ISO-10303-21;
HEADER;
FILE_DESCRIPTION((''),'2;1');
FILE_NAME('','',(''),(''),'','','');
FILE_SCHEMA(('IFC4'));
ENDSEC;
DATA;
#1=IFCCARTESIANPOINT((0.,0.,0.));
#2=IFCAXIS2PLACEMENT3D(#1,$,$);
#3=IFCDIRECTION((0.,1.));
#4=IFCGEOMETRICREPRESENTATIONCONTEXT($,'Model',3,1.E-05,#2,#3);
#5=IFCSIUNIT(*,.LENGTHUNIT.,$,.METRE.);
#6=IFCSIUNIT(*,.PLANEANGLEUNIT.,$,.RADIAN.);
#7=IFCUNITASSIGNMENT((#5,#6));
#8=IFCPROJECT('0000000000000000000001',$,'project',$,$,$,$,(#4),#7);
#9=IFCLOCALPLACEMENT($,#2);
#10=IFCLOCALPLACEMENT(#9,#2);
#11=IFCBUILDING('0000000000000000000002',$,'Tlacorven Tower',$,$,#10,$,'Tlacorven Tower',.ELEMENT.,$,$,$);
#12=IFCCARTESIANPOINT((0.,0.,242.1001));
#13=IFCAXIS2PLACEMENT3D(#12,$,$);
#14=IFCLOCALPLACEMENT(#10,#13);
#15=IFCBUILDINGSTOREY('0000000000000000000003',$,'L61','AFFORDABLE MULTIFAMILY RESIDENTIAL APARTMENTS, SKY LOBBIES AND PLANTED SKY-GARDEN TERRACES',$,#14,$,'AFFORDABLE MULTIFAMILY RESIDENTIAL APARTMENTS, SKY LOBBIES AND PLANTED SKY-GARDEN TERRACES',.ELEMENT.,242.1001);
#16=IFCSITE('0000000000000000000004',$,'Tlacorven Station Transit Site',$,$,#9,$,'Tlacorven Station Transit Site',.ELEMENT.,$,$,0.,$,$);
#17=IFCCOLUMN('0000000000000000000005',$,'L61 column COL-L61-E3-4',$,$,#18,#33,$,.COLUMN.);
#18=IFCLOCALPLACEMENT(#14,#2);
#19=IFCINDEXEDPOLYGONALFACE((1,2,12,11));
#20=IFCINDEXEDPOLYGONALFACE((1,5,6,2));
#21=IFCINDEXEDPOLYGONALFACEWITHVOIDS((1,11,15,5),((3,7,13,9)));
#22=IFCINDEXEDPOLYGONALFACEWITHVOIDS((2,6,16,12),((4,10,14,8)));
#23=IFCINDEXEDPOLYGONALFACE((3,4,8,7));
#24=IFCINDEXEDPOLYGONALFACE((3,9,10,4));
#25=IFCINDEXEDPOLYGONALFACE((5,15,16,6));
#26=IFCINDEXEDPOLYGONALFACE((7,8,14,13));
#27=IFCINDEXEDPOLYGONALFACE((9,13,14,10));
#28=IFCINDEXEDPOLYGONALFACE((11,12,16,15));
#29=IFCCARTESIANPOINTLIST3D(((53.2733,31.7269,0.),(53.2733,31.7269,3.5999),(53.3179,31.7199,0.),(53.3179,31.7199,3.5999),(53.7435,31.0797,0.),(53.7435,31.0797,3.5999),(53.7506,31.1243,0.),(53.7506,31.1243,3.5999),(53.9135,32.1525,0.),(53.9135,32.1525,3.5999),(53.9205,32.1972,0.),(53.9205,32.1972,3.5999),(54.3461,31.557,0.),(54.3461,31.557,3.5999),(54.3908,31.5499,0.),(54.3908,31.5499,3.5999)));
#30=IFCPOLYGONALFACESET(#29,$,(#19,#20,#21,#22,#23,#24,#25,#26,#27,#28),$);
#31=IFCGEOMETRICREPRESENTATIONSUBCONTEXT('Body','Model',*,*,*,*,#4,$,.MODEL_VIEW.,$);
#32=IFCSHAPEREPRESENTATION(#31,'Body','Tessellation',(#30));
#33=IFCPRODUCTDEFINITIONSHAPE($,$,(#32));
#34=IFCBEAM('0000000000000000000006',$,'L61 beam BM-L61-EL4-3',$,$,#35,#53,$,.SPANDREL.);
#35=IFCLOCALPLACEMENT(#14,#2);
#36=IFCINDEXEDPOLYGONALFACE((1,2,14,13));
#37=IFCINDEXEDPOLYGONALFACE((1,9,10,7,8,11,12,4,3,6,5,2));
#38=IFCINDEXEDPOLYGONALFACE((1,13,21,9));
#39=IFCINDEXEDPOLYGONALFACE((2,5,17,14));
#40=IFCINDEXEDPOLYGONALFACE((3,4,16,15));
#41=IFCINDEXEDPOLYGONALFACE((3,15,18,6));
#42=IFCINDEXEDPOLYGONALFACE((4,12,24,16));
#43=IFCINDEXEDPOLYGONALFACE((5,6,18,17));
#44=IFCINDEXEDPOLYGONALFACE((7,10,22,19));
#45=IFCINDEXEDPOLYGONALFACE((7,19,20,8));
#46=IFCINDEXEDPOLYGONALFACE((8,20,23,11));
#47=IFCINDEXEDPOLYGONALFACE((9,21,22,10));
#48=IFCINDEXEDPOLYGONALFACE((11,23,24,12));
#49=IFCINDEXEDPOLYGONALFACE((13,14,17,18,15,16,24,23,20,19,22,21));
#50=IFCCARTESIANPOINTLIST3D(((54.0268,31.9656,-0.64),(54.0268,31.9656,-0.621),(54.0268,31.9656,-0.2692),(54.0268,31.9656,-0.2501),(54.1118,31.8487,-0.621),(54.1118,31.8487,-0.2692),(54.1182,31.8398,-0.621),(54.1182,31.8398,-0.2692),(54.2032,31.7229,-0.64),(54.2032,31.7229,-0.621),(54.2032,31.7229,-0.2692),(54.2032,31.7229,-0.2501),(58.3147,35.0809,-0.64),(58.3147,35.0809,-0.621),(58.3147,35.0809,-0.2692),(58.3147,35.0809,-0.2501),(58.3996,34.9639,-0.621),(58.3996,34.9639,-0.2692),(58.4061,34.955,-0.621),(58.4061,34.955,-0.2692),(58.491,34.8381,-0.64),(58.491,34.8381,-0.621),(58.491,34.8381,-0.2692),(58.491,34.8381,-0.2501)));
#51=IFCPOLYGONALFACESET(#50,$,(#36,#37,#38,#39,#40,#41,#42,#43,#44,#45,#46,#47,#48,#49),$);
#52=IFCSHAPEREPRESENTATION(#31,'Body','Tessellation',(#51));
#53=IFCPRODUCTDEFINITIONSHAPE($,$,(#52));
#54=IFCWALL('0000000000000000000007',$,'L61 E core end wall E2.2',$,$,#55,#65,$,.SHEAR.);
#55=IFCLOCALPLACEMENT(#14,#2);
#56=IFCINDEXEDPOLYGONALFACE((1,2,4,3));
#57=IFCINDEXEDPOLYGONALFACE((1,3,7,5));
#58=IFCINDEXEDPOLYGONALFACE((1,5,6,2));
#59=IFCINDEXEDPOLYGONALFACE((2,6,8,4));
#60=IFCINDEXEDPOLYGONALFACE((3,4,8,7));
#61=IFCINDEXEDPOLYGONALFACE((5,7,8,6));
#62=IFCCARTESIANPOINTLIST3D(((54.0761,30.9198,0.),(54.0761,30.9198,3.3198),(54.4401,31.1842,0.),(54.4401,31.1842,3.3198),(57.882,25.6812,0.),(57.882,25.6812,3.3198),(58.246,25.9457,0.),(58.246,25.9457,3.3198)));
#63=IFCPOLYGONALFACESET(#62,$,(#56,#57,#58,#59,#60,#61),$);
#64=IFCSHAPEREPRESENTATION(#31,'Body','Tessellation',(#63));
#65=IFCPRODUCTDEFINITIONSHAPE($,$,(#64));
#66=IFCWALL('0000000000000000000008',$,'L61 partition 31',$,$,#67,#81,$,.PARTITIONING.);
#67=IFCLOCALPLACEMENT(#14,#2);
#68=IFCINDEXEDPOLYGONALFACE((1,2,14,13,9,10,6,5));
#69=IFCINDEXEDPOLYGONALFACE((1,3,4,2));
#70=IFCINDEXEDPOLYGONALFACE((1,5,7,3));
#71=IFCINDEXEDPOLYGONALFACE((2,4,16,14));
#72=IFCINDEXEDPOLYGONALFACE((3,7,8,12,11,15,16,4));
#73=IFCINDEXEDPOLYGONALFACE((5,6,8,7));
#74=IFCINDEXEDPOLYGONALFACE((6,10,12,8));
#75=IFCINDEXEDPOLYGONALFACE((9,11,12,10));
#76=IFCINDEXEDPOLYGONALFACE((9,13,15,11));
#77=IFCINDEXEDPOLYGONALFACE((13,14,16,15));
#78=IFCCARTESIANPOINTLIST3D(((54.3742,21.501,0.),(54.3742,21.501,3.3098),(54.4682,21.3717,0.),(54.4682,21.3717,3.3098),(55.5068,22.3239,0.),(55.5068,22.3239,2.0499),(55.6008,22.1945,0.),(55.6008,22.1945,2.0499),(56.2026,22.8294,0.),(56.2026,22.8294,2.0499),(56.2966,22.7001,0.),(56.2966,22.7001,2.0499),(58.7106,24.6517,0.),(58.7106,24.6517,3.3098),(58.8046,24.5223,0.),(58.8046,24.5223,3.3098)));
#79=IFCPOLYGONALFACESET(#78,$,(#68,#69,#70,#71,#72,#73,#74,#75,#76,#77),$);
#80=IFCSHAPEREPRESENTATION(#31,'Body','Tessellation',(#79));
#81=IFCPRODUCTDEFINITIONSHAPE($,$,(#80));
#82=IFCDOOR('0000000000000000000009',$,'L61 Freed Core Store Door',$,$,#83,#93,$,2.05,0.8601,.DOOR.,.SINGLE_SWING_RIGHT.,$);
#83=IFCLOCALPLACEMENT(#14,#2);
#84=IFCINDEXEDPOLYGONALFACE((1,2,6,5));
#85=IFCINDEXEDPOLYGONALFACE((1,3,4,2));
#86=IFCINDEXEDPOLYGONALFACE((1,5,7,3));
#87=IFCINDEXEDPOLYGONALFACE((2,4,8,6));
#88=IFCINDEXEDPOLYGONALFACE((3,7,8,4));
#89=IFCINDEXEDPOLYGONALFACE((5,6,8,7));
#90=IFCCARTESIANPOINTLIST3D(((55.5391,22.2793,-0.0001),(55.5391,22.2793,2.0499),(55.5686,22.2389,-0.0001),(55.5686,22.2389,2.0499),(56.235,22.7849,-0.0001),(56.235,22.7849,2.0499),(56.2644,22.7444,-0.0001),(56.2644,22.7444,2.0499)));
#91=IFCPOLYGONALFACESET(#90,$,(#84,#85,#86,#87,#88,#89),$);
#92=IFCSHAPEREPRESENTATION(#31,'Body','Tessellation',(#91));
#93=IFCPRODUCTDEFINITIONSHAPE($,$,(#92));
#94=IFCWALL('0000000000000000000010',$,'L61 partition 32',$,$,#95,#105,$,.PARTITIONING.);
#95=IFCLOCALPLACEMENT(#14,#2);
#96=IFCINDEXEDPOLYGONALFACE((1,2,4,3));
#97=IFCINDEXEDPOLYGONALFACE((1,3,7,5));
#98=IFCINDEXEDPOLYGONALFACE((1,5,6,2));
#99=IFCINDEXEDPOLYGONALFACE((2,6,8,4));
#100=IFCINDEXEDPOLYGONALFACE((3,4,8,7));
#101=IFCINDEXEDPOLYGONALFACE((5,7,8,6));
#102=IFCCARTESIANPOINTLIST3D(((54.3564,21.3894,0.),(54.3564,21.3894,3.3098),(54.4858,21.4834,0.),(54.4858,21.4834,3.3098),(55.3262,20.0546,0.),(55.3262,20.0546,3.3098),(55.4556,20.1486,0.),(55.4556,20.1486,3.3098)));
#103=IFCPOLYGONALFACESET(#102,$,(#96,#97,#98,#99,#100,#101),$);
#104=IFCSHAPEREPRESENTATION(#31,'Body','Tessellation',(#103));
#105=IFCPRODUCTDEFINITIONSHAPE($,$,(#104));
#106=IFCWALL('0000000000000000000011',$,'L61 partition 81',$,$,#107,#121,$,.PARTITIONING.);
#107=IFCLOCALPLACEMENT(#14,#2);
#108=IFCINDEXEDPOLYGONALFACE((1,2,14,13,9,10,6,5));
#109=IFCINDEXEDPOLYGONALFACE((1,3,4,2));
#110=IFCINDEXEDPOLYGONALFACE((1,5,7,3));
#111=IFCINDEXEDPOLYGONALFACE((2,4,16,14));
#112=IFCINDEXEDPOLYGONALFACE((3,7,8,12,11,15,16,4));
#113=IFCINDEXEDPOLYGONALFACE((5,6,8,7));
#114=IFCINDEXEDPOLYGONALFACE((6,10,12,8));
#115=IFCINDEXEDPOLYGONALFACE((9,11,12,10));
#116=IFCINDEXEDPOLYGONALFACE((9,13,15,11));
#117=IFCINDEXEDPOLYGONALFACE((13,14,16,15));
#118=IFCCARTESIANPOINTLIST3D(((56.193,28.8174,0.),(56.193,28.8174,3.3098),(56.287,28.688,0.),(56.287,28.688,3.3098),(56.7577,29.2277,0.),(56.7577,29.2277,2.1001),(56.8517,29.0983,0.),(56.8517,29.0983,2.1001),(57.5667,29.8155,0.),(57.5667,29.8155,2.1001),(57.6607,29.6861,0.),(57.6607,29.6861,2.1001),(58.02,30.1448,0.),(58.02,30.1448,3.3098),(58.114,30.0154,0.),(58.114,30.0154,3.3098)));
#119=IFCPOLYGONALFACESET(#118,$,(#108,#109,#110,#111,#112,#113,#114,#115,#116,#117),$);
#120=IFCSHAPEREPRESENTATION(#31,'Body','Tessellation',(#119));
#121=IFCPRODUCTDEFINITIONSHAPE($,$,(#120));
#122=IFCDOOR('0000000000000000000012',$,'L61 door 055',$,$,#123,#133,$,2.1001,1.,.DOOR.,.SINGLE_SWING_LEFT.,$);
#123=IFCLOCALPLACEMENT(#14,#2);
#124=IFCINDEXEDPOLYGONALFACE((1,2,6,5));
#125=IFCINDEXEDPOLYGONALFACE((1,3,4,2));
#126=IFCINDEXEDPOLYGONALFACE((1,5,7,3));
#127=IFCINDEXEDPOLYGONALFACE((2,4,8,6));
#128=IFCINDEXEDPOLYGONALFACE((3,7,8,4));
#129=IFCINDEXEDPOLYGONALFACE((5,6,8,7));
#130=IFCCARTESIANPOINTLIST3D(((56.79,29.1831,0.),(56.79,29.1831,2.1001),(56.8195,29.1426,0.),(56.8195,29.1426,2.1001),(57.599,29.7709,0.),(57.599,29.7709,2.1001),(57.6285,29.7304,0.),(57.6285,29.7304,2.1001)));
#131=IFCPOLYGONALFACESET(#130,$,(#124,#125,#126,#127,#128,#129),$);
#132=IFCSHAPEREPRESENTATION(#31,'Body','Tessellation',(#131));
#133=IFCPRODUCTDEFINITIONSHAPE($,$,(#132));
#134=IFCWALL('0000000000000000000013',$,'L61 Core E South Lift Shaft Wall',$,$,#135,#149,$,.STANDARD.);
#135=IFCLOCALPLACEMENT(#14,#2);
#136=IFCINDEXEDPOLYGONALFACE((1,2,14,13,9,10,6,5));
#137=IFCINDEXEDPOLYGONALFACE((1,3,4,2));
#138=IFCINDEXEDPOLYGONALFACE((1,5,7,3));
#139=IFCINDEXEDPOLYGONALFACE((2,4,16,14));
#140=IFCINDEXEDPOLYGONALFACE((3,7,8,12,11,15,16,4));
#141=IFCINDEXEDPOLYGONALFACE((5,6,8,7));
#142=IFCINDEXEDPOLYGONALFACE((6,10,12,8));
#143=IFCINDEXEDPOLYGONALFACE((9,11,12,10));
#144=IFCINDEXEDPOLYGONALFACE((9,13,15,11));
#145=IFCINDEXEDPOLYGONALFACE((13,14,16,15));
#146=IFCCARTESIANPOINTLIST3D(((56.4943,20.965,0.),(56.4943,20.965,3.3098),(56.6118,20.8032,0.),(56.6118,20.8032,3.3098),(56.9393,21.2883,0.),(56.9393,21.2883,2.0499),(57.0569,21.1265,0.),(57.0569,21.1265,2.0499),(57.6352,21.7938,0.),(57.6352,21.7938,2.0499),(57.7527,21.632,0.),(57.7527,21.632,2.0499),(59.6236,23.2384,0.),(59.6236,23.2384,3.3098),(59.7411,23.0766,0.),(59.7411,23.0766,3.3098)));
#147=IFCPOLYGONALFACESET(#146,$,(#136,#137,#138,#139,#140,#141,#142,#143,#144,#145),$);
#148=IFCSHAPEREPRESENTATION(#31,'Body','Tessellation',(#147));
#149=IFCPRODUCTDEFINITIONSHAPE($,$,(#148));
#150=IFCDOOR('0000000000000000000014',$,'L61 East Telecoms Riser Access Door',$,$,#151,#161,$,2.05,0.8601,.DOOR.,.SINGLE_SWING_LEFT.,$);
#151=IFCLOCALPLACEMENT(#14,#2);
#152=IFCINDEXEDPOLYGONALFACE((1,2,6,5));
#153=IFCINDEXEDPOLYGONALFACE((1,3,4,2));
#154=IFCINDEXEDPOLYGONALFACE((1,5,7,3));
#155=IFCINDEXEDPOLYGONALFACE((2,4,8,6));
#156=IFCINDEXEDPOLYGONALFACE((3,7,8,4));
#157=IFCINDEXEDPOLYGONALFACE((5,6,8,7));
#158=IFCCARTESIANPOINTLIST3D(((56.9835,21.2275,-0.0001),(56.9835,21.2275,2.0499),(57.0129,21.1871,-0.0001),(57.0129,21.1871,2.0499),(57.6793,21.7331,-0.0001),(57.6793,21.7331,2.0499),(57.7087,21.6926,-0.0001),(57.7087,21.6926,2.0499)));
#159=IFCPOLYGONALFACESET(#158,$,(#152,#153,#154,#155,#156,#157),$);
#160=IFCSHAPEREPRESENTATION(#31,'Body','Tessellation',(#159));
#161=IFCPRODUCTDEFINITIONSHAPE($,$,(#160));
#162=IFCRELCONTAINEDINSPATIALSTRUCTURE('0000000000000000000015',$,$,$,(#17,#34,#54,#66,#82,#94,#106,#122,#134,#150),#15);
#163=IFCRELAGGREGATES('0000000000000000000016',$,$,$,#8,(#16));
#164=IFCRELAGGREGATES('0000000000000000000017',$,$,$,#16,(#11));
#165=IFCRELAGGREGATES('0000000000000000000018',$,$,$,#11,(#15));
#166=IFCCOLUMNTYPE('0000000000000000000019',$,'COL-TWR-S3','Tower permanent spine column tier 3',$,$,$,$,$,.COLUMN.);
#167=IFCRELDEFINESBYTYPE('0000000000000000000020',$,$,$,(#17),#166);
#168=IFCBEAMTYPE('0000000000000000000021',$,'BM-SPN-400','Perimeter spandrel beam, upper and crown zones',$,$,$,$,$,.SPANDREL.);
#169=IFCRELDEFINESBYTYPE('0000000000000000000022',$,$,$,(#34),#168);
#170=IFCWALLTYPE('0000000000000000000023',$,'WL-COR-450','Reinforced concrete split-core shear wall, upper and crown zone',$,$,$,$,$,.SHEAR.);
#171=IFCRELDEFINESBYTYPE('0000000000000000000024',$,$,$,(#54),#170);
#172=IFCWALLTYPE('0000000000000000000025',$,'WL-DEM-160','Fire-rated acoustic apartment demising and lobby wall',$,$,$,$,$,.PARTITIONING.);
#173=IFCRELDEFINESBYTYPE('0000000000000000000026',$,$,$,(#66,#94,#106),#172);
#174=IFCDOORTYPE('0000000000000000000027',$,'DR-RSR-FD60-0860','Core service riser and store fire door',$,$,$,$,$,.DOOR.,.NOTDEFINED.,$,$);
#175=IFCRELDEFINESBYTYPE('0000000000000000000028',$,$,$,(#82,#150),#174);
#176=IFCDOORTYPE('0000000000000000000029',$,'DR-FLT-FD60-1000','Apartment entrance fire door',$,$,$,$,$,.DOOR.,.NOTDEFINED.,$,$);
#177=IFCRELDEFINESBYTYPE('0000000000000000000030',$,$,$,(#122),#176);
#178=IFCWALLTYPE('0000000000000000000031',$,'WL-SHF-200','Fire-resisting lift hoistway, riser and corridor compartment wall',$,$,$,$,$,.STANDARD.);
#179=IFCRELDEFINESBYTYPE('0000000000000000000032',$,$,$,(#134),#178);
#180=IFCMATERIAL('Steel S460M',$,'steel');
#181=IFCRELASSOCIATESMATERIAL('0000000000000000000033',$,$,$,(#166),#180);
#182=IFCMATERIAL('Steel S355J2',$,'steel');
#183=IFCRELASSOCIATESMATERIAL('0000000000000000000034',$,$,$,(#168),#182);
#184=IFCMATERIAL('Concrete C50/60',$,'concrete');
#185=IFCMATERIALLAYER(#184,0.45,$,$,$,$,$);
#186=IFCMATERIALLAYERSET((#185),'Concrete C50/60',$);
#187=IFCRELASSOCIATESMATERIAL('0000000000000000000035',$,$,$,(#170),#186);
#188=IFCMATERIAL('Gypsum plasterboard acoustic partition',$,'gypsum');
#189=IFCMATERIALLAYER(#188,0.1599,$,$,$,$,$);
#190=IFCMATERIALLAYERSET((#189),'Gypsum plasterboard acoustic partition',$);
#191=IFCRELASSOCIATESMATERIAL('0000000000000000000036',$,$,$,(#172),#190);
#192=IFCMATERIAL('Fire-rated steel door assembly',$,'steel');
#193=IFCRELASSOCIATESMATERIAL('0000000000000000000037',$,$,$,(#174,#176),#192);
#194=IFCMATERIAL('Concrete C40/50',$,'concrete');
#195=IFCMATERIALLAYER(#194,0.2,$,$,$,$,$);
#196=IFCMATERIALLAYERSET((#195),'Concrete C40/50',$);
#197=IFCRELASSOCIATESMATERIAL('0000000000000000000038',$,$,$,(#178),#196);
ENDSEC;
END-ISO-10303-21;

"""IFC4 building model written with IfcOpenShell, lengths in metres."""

from ifc_helpers import new_model, si_unit, direction, frame, frame_2d, origin, origin_2d, place, context, subcontext, project, spatial, rectangle, hollow_rectangle, i_section, extrude, source, transform, mapped, material, layer, layer_set, material_profile, profile_set, type_object, element, fill, save


model = new_model("IFC4")

# Units and contexts
model_context = context("Model", 3, precision=1e-05, world=origin(), true_north=direction((0.0, 1.0)))
body_context = subcontext(model_context, "Body", "Model", "MODEL_VIEW")
ifc_project = project(units=[si_unit("LENGTHUNIT", "METRE"), si_unit("PLANEANGLEUNIT", "RADIAN")], contexts=[model_context])

# Site, building, storey
site_placement = place(None, origin())
site = spatial("IfcSite", under=ifc_project, at=site_placement, Name="Tlacorven Station Transit Site", LongName="Tlacorven Station Transit Site", CompositionType="ELEMENT", RefElevation=0.0)
building_placement = place(site_placement, origin())
building = spatial("IfcBuilding", under=site, at=building_placement, Name="Tlacorven Tower", LongName="Tlacorven Tower", CompositionType="ELEMENT")
storey_placement = place(building_placement, frame((0.0, 0.0, 242.1001)))
storey = spatial("IfcBuildingStorey", under=building, at=storey_placement, Name="L61", Description="AFFORDABLE MULTIFAMILY RESIDENTIAL APARTMENTS, SKY LOBBIES AND PLANTED SKY-GARDEN TERRACES", LongName="AFFORDABLE MULTIFAMILY RESIDENTIAL APARTMENTS, SKY LOBBIES AND PLANTED SKY-GARDEN TERRACES", CompositionType="ELEMENT", Elevation=242.1001)

# Column
ifc_material_1 = material(Name="Steel S460M", Category="steel")
ifc_material_profile_1 = material_profile(ifc_material_1, hollow_rectangle(XDim=0.8, YDim=0.8, WallThickness=0.032, at=origin_2d()), Name="BOX 800X800X32")
ifc_profile_set_1 = profile_set([ifc_material_profile_1], Name="Steel S460M")
column_type = type_object("IfcColumnType", Name="COL-TWR-S3", Description="Tower permanent spine column tier 3", PredefinedType="COLUMN", material=ifc_profile_set_1)
shared_shape_1 = source(origin(), body_context, "Body", "SweptSolid", [
    extrude(hollow_rectangle(XDim=0.8, YDim=0.8, WallThickness=0.032, at=origin_2d()), origin(), (0.0, 0.0, 1.0), 3.5999),
])
column_placement = place(storey_placement, frame((53.832, 31.6384, 0.0), z_axis=(0.0, 0.0, 1.0), x_axis=(0.809017, 0.587785, 0.0)))
element("IfcColumn", 1, at=column_placement, inside=storey, type_object=column_type, Name="L61 column COL-L61-E3-4", PredefinedType="COLUMN", context=body_context, shape_type="MappedRepresentation", body=[
    mapped(shared_shape_1, transform((0.0, 0.0, 0.0), scale=1.0)),
])

# Beam
ifc_material_2 = material(Name="Steel S355J2", Category="steel")
ifc_material_profile_2 = material_profile(ifc_material_2, i_section(OverallWidth=0.3, OverallDepth=0.3899, WebThickness=0.011, FlangeThickness=0.019, at=origin_2d()), Name="HEA 400")
ifc_profile_set_2 = profile_set([ifc_material_profile_2], Name="Steel S355J2")
beam_type = type_object("IfcBeamType", Name="BM-SPN-400", Description="Perimeter spandrel beam, upper and crown zones", PredefinedType="SPANDREL", material=ifc_profile_set_2)
shared_shape_2 = source(origin(), body_context, "Body", "SweptSolid", [
    extrude(i_section(OverallWidth=0.3, OverallDepth=0.3899, WebThickness=0.011, FlangeThickness=0.019, at=origin_2d()), origin(), (0.0, 0.0, 1.0), 5.3),
])
beam_placement = place(storey_placement, frame((54.115, 31.8442, -0.4451), z_axis=(0.809023, 0.587777, 0.0), x_axis=(-0.587777, 0.809023, 0.0)))
element("IfcBeam", 2, at=beam_placement, inside=storey, type_object=beam_type, Name="L61 beam BM-L61-EL4-3", PredefinedType="SPANDREL", context=body_context, shape_type="MappedRepresentation", body=[
    mapped(shared_shape_2, transform((0.0, 0.0, 0.0), scale=1.0)),
])

# Wall
ifc_material_3 = material(Name="Concrete C50/60", Category="concrete")
ifc_layer_1 = layer(ifc_material_3, 0.45)
ifc_layer_set_1 = layer_set([ifc_layer_1], Name="Concrete C50/60")
wall_type_1 = type_object("IfcWallType", Name="WL-COR-450", Description="Reinforced concrete split-core shear wall, upper and crown zone", PredefinedType="SHEAR", material=ifc_layer_set_1)
wall_1_placement = place(storey_placement, frame((58.064, 25.8135, 0.0), z_axis=(0.0, 0.0, 1.0), x_axis=(-0.587775, 0.809025, 0.0)))
element("IfcWall", 3, at=wall_1_placement, inside=storey, type_object=wall_type_1, Name="L61 E core end wall E2.2", PredefinedType="SHEAR", context=body_context, shape_type="SweptSolid", body=[
    extrude(rectangle(XDim=6.4751, YDim=0.45, at=frame_2d((3.2375, 0.0))), origin(), (0.0, 0.0, 1.0), 3.3198),
])

# Wall, opening, door
ifc_material_4 = material(Name="Gypsum plasterboard acoustic partition", Category="gypsum")
ifc_layer_2 = layer(ifc_material_4, 0.1599)
ifc_layer_set_2 = layer_set([ifc_layer_2], Name="Gypsum plasterboard acoustic partition")
wall_type_2 = type_object("IfcWallType", Name="WL-DEM-160", Description="Fire-rated acoustic apartment demising and lobby wall", PredefinedType="PARTITIONING", material=ifc_layer_set_2)
wall_2_placement = place(storey_placement, frame((54.4211, 21.4363, 0.0), z_axis=(0.0, 0.0, 1.0), x_axis=(0.809014, 0.58779, 0.0)))
wall_2 = element("IfcWall", 4, at=wall_2_placement, inside=storey, type_object=wall_type_2, Name="L61 partition 31", PredefinedType="PARTITIONING", context=body_context, shape_type="SweptSolid", body=[
    extrude(rectangle(XDim=5.3601, YDim=0.1599, at=frame_2d((2.6802, 0.0))), origin(), (0.0, 0.0, 1.0), 3.3098),
])
opening_1_placement = place(wall_2_placement, frame((1.3999, 0.0, 0.0)))
opening_1 = element("IfcOpeningElement", 5, at=opening_1_placement, cuts=wall_2, PredefinedType="OPENING", context=body_context, shape_type="SweptSolid", body=[
    extrude(rectangle(XDim=0.8601, YDim=2.05, at=frame_2d((0.4302, 1.0249))), frame((0.0, 0.0898, 0.0), z_axis=(0.0, -1.0, 0.0), x_axis=(1.0, 0.0, 0.0)), (0.0, 0.0, 1.0), 0.1799),
])
ifc_material_5 = material(Name="Fire-rated steel door assembly", Category="steel")
door_type_1 = type_object("IfcDoorType", Name="DR-RSR-FD60-0860", Description="Core service riser and store fire door", OperationType="NOTDEFINED", PredefinedType="DOOR", material=ifc_material_5)
shared_shape_3 = source(origin(), body_context, "Body", "SweptSolid", [
    extrude(rectangle(XDim=0.8601, YDim=2.05, at=frame_2d((0.4302, 1.0249))), frame((0.0, 0.0249, 0.0), z_axis=(0.0, -1.0, 0.0), x_axis=(1.0, 0.0, 0.0)), (0.0, 0.0, 1.0), 0.05),
])
door_1_placement = place(opening_1_placement, origin())
door_1 = element("IfcDoor", 6, at=door_1_placement, inside=storey, type_object=door_type_1, Name="L61 Freed Core Store Door", OperationType="SINGLE_SWING_RIGHT", OverallHeight=2.05, OverallWidth=0.8601, PredefinedType="DOOR", context=body_context, shape_type="MappedRepresentation", body=[
    mapped(shared_shape_3, transform((0.0, 0.0, 0.0), scale=1.0)),
])
fill(opening_1, door_1)

# Wall
wall_3_placement = place(storey_placement, frame((55.3909, 20.1016, 0.0), z_axis=(0.0, 0.0, 1.0), x_axis=(-0.587784, 0.809018, 0.0)))
element("IfcWall", 7, at=wall_3_placement, inside=storey, type_object=wall_type_2, Name="L61 partition 32", PredefinedType="PARTITIONING", context=body_context, shape_type="SweptSolid", body=[
    extrude(rectangle(XDim=1.6499, YDim=0.1599, at=frame_2d((0.825, 0.0))), origin(), (0.0, 0.0, 1.0), 3.3098),
])

# Walls, openings, doors
wall_4_placement = place(storey_placement, frame((56.24, 28.7527, 0.0), z_axis=(0.0, 0.0, 1.0), x_axis=(0.809002, 0.587805, 0.0)))
wall_4 = element("IfcWall", 8, at=wall_4_placement, inside=storey, type_object=wall_type_2, Name="L61 partition 81", PredefinedType="PARTITIONING", context=body_context, shape_type="SweptSolid", body=[
    extrude(rectangle(XDim=2.2583, YDim=0.1599, at=frame_2d((1.1292, 0.0))), origin(), (0.0, 0.0, 1.0), 3.3098),
])
opening_2_placement = place(wall_4_placement, frame((0.698, 0.0, 0.0)))
opening_2 = element("IfcOpeningElement", 9, at=opening_2_placement, cuts=wall_4, PredefinedType="OPENING", context=body_context, shape_type="SweptSolid", body=[
    extrude(rectangle(XDim=1.0, YDim=2.1001, at=frame_2d((0.5, 1.05))), frame((0.0, 0.0898, 0.0), z_axis=(0.0, -1.0, 0.0), x_axis=(1.0, 0.0, 0.0)), (0.0, 0.0, 1.0), 0.1799),
])
door_type_2 = type_object("IfcDoorType", Name="DR-FLT-FD60-1000", Description="Apartment entrance fire door", OperationType="NOTDEFINED", PredefinedType="DOOR", material=ifc_material_5)
shared_shape_4 = source(origin(), body_context, "Body", "SweptSolid", [
    extrude(rectangle(XDim=1.0, YDim=2.1001, at=frame_2d((0.5, 1.05))), frame((0.0, 0.0249, 0.0), z_axis=(0.0, -1.0, 0.0), x_axis=(1.0, 0.0, 0.0)), (0.0, 0.0, 1.0), 0.05),
])
door_2_placement = place(opening_2_placement, origin())
door_2 = element("IfcDoor", 10, at=door_2_placement, inside=storey, type_object=door_type_2, Name="L61 door 055", OperationType="SINGLE_SWING_LEFT", OverallHeight=2.1001, OverallWidth=1.0, PredefinedType="DOOR", context=body_context, shape_type="MappedRepresentation", body=[
    mapped(shared_shape_4, transform((0.0, 0.0, 0.0), scale=1.0)),
])
fill(opening_2, door_2)
ifc_material_6 = material(Name="Concrete C40/50", Category="concrete")
ifc_layer_3 = layer(ifc_material_6, 0.2)
ifc_layer_set_3 = layer_set([ifc_layer_3], Name="Concrete C40/50")
wall_type_3 = type_object("IfcWallType", Name="WL-SHF-200", Description="Fire-resisting lift hoistway, riser and corridor compartment wall", PredefinedType="STANDARD", material=ifc_layer_set_3)
wall_5_placement = place(storey_placement, frame((56.553, 20.884, 0.0), z_axis=(0.0, 0.0, 1.0), x_axis=(0.809042, 0.587751, 0.0)))
wall_5 = element("IfcWall", 11, at=wall_5_placement, inside=storey, type_object=wall_type_3, Name="L61 Core E South Lift Shaft Wall", PredefinedType="STANDARD", context=body_context, shape_type="SweptSolid", body=[
    extrude(rectangle(XDim=3.8679, YDim=0.2, at=frame_2d((1.9341, 0.0))), origin(), (0.0, 0.0, 1.0), 3.3098),
])
opening_3_placement = place(wall_5_placement, frame((0.55, 0.0, 0.0)))
opening_3 = element("IfcOpeningElement", 12, at=opening_3_placement, cuts=wall_5, PredefinedType="OPENING", context=body_context, shape_type="SweptSolid", body=[
    extrude(rectangle(XDim=0.8601, YDim=2.05, at=frame_2d((0.4302, 1.0249))), frame((0.0, 0.1099, 0.0), z_axis=(0.0, -1.0, 0.0), x_axis=(1.0, 0.0, 0.0)), (0.0, 0.0, 1.0), 0.22),
])
door_3_placement = place(opening_3_placement, origin())
door_3 = element("IfcDoor", 13, at=door_3_placement, inside=storey, type_object=door_type_1, Name="L61 East Telecoms Riser Access Door", OperationType="SINGLE_SWING_LEFT", OverallHeight=2.05, OverallWidth=0.8601, PredefinedType="DOOR", context=body_context, shape_type="MappedRepresentation", body=[
    mapped(shared_shape_3, transform((0.0, 0.0, 0.0), scale=1.0)),
])
fill(opening_3, door_3)

save(model, "model.ifc")
